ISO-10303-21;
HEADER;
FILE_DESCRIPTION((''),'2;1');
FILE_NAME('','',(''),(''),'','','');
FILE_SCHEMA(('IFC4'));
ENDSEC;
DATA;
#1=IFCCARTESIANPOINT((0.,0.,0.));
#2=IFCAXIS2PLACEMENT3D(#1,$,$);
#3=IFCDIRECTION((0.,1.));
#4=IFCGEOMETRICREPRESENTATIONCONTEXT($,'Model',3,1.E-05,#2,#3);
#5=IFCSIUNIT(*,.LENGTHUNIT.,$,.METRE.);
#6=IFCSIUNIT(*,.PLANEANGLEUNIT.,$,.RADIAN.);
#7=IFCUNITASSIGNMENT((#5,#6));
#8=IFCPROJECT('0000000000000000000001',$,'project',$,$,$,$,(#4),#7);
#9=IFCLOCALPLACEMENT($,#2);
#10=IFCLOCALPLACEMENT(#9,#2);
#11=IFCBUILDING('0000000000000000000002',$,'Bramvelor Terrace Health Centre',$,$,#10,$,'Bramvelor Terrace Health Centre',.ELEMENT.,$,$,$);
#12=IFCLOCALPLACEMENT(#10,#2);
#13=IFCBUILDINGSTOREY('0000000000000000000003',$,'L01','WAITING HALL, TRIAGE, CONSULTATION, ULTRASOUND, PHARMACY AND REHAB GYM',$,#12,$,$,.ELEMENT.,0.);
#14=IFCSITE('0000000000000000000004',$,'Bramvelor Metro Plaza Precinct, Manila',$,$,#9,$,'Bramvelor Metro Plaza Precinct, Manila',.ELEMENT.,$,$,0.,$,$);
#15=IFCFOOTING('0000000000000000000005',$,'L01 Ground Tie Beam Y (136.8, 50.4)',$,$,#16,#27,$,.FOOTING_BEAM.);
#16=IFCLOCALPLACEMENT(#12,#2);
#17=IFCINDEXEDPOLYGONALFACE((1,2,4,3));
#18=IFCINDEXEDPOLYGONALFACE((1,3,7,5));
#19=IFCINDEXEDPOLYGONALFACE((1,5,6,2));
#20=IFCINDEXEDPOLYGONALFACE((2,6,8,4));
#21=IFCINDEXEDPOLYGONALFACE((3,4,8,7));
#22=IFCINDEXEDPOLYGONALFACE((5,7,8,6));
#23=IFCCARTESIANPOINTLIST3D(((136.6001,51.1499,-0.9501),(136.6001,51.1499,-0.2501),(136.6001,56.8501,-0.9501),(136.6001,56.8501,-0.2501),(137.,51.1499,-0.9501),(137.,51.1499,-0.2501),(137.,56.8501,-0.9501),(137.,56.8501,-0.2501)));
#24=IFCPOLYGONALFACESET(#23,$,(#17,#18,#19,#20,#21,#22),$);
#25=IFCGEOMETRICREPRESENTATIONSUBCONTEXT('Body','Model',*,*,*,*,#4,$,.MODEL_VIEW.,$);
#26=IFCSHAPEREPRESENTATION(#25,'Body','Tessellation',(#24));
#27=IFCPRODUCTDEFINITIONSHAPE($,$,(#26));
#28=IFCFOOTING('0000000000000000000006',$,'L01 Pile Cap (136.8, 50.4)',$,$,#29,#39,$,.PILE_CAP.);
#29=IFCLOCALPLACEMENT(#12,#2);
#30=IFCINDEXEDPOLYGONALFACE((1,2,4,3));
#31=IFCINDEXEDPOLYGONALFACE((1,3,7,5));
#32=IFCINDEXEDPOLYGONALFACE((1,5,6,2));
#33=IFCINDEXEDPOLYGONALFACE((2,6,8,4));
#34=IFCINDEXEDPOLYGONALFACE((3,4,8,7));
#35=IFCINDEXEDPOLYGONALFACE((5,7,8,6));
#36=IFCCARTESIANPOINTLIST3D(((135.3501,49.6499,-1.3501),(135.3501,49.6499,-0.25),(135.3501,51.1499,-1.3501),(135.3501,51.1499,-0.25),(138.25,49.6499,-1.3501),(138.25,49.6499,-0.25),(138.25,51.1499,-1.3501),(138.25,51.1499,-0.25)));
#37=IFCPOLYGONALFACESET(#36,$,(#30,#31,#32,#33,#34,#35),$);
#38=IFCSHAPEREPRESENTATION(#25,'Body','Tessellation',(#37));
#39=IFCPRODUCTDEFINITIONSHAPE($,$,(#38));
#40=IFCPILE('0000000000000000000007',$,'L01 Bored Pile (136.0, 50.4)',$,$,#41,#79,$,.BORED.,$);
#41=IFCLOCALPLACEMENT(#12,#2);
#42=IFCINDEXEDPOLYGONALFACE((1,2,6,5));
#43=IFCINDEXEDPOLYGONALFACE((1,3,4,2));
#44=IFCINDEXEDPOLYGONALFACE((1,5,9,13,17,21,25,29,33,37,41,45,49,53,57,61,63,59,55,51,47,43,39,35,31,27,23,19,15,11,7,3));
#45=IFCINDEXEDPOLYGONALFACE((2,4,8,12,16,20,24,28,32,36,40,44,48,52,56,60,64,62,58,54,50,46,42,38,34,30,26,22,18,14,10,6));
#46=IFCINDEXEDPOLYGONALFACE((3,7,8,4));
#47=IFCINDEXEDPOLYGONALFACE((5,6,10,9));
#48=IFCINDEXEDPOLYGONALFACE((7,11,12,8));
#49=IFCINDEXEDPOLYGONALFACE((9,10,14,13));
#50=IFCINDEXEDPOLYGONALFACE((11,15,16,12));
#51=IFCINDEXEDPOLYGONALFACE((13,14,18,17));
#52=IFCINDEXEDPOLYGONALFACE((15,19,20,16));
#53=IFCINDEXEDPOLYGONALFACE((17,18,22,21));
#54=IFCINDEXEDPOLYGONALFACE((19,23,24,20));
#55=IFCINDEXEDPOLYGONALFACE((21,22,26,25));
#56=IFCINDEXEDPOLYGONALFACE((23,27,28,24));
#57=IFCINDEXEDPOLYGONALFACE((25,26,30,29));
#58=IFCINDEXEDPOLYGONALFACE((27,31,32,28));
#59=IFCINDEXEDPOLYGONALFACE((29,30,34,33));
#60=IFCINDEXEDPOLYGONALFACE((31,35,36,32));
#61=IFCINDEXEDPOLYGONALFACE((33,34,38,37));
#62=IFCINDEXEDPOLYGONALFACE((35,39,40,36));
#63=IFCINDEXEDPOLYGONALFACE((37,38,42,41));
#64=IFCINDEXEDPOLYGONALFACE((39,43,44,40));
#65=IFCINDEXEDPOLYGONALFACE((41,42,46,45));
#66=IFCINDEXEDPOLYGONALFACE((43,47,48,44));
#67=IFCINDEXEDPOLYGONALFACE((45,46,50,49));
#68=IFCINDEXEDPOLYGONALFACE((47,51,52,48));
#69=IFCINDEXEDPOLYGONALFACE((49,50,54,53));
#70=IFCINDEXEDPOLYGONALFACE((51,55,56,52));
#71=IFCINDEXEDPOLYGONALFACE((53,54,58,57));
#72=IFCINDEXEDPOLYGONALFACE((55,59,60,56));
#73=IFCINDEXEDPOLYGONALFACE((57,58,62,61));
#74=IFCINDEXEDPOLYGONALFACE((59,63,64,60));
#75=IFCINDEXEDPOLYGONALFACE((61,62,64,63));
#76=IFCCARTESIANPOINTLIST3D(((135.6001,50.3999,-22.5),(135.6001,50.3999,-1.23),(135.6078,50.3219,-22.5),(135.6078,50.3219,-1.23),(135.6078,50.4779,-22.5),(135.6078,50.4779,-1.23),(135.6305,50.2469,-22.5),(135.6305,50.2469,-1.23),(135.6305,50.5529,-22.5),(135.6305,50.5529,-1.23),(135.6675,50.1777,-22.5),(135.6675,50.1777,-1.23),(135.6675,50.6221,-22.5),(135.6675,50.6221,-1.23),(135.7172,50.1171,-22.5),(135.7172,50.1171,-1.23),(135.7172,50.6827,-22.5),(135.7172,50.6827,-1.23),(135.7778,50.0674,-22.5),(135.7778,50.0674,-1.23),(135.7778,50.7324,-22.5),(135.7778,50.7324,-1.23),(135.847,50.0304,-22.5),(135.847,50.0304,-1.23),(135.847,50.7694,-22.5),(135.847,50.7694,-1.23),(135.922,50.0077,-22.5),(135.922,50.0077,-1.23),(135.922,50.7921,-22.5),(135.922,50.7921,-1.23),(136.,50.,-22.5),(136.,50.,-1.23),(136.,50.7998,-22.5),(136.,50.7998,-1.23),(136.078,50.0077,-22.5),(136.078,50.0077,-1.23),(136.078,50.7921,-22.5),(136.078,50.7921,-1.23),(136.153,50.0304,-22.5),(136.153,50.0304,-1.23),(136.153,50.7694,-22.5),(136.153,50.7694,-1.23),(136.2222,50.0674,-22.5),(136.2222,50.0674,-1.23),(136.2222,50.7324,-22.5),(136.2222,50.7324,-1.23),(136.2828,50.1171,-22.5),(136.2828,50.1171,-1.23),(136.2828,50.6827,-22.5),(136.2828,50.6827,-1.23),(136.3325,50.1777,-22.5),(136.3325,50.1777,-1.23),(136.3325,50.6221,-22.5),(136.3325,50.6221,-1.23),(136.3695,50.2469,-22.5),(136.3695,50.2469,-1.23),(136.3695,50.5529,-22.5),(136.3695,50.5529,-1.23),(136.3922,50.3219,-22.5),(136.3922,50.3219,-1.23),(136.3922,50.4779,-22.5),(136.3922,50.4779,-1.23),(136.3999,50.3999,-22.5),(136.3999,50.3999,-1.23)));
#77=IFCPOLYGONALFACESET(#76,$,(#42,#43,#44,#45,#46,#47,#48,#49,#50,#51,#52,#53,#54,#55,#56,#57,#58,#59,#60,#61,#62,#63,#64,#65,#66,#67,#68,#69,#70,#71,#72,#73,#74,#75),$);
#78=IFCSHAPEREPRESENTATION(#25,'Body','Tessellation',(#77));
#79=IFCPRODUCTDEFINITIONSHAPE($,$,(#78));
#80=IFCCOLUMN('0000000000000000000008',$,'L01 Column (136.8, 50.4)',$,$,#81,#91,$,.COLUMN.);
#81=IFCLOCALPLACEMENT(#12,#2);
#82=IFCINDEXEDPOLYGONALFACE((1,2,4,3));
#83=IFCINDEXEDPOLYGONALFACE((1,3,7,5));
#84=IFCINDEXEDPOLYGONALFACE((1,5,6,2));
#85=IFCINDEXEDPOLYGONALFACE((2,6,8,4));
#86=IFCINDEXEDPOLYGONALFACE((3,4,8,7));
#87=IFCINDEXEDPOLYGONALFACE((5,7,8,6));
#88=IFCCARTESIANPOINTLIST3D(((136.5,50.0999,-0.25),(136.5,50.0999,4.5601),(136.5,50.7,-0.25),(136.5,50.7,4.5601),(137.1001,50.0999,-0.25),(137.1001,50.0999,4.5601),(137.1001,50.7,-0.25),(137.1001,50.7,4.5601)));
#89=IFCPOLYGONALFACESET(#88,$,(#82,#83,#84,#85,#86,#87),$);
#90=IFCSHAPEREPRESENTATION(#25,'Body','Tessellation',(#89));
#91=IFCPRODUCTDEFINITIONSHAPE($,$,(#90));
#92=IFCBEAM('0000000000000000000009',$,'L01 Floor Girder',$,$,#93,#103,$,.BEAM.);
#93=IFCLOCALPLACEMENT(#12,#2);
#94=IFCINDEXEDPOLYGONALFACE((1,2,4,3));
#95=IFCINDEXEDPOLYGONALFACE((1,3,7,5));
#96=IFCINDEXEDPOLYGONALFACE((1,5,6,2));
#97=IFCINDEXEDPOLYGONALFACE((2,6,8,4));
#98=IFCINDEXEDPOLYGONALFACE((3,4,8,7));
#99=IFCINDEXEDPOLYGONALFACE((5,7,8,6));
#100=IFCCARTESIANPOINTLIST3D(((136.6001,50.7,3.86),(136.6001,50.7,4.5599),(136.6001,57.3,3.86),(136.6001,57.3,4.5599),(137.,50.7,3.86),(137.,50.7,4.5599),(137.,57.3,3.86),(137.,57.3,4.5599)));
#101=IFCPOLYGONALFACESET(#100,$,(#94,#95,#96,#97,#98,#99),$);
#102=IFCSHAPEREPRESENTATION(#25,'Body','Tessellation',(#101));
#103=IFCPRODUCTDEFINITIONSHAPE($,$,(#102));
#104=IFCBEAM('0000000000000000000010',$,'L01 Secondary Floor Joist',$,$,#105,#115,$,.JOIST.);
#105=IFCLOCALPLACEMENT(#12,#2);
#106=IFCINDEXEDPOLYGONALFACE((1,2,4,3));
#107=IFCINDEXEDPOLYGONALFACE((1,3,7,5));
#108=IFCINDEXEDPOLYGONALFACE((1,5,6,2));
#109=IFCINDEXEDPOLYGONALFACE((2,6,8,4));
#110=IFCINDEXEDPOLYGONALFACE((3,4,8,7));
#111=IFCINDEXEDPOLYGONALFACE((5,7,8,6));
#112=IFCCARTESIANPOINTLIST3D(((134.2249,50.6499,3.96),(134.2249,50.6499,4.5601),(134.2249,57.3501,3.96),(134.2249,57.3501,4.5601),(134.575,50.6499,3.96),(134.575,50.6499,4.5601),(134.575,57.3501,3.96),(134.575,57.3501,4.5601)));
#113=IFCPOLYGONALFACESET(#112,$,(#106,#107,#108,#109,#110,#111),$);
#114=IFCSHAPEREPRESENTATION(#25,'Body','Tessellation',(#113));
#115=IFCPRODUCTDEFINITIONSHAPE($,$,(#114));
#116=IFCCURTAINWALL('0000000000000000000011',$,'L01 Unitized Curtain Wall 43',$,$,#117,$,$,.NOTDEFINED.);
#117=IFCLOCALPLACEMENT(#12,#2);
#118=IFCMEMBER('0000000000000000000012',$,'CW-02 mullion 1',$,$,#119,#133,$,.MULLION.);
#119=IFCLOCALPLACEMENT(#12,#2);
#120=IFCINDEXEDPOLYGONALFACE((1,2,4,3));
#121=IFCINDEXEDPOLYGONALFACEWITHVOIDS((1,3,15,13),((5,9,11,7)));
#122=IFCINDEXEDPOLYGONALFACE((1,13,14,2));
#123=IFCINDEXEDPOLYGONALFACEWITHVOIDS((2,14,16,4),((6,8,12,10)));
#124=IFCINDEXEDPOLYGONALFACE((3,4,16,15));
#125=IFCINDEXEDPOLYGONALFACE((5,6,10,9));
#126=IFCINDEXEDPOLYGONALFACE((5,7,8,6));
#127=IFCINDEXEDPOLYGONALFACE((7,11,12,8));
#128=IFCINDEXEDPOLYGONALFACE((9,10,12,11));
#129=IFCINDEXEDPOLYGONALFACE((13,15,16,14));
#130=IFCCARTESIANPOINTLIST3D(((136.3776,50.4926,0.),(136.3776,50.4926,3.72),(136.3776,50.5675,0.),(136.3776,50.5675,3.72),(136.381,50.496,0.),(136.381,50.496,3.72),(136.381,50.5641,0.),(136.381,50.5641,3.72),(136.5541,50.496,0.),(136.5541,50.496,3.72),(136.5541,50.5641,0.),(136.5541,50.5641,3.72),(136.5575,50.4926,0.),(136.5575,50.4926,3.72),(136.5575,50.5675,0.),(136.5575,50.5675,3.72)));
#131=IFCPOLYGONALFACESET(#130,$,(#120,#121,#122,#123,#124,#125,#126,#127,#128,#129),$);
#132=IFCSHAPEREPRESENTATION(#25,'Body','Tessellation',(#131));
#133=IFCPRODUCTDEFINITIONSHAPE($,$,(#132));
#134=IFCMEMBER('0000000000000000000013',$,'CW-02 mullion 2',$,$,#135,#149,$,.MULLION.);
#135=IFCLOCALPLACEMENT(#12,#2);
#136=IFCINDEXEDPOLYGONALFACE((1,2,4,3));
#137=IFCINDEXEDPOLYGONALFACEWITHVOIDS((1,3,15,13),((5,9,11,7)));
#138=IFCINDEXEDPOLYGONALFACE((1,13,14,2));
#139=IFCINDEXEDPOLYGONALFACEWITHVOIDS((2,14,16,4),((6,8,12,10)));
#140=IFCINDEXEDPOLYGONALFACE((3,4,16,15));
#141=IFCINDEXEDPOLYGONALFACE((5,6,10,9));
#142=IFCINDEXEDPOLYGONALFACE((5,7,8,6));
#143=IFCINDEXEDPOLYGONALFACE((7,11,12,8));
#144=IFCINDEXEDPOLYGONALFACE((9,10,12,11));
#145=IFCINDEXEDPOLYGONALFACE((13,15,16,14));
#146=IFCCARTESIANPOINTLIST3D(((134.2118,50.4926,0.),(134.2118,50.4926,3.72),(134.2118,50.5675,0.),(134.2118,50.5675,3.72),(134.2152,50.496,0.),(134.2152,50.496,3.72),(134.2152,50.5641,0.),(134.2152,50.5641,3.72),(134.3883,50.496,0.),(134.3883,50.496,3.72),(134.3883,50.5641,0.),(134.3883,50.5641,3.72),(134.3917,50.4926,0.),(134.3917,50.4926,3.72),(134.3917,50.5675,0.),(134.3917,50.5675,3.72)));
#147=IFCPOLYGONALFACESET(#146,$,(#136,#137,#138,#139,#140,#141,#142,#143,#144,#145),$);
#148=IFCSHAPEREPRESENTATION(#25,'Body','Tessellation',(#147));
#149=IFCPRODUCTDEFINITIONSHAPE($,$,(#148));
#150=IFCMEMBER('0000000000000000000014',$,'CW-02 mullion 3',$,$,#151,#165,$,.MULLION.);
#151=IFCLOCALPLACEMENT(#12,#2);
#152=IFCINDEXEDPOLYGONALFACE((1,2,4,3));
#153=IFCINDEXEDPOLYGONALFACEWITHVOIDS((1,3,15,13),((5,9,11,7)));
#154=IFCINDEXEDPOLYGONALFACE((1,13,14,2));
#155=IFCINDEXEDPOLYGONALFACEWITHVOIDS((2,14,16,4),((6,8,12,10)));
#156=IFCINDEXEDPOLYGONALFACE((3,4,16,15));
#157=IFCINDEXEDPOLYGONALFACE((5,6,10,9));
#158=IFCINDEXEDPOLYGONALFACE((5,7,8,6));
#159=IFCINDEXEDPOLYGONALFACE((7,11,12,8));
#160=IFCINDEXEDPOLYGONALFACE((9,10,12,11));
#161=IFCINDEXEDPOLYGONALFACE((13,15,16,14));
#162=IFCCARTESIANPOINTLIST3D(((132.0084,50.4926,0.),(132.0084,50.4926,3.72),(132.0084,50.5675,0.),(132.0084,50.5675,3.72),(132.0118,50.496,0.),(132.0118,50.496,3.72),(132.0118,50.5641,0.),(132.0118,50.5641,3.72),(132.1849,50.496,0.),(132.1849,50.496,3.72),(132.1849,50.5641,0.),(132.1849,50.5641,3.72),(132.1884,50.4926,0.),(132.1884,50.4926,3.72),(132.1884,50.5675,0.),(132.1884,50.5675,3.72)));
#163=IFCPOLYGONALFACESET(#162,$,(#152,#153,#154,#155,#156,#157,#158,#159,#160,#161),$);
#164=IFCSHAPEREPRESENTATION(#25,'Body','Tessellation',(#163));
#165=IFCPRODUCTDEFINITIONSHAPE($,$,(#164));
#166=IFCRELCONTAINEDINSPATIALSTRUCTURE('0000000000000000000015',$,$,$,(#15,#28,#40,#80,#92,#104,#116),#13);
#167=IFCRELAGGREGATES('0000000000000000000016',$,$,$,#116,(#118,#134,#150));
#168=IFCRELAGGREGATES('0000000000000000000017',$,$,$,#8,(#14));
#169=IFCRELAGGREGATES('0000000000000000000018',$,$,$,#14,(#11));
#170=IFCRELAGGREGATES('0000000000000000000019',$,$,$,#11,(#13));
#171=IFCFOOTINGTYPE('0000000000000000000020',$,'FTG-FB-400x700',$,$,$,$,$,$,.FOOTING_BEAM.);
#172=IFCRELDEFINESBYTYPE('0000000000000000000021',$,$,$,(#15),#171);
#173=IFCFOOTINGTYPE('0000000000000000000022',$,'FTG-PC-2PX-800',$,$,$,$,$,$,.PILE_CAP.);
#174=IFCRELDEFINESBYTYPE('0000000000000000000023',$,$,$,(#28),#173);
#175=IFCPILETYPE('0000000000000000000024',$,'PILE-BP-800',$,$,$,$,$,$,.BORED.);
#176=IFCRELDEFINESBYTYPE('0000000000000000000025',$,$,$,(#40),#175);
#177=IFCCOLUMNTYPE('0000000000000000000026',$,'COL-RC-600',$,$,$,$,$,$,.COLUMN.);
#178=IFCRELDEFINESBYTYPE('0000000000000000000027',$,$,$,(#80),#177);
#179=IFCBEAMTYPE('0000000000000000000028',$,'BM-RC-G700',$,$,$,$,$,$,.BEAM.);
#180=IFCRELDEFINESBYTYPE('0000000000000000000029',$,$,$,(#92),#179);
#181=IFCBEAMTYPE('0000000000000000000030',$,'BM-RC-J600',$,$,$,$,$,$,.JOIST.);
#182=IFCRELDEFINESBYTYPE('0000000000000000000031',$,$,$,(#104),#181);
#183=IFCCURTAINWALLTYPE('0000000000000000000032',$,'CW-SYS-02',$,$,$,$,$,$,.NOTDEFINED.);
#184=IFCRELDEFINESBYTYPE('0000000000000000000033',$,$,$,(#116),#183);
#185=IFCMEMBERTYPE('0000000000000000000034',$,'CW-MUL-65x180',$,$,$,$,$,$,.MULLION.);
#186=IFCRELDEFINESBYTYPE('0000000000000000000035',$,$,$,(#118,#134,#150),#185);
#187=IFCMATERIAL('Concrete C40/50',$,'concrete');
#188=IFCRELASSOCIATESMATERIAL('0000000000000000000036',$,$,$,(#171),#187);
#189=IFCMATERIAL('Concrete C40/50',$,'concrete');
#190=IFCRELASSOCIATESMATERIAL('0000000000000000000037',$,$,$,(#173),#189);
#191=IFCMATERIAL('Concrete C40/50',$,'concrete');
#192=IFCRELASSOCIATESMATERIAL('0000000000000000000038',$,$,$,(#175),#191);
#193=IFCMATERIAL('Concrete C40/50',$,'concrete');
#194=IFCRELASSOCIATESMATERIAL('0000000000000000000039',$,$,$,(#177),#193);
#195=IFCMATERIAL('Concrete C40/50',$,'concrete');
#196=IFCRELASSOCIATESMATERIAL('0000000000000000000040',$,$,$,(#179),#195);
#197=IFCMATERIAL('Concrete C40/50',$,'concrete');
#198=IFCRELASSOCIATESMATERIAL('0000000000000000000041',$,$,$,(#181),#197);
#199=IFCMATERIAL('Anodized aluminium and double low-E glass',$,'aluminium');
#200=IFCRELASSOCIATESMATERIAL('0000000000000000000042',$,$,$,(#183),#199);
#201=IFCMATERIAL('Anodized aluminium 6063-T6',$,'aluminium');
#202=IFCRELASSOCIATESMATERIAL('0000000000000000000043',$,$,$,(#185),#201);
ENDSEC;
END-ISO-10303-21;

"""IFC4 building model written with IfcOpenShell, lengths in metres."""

from ifc_helpers import new_model, si_unit, direction, frame, origin, origin_2d, place, context, subcontext, project, spatial, rectangle, hollow_rectangle, circle, extrude, material, material_profile, profile_set, type_object, element, aggregate, save


model = new_model("IFC4")

# Units and contexts
model_context = context("Model", 3, precision=1e-05, world=origin(), true_north=direction((0.0, 1.0)))
body_context = subcontext(model_context, "Body", "Model", "MODEL_VIEW")
ifc_project = project(units=[si_unit("LENGTHUNIT", "METRE"), si_unit("PLANEANGLEUNIT", "RADIAN")], contexts=[model_context])

# Site, building, storey
site_placement = place(None, origin())
site = spatial("IfcSite", under=ifc_project, at=site_placement, Name="Bramvelor Metro Plaza Precinct, Manila", LongName="Bramvelor Metro Plaza Precinct, Manila", CompositionType="ELEMENT", RefElevation=0.0)
building_placement = place(site_placement, origin())
building = spatial("IfcBuilding", under=site, at=building_placement, Name="Bramvelor Terrace Health Centre", LongName="Bramvelor Terrace Health Centre", CompositionType="ELEMENT")
storey_placement = place(building_placement, origin())
storey = spatial("IfcBuildingStorey", under=building, at=storey_placement, Name="L01", Description="WAITING HALL, TRIAGE, CONSULTATION, ULTRASOUND, PHARMACY AND REHAB GYM", CompositionType="ELEMENT", Elevation=0.0)

# Footings
ifc_material_1 = material(Name="Concrete C40/50", Category="concrete")
ifc_material_profile_1 = material_profile(ifc_material_1, rectangle(XDim=0.3999, YDim=0.7, at=origin_2d()), Name="RC 400x700")
ifc_profile_set_1 = profile_set([ifc_material_profile_1], Name="Concrete C40/50")
footing_type_1 = type_object("IfcFootingType", Name="FTG-FB-400x700", PredefinedType="FOOTING_BEAM", material=ifc_profile_set_1)
footing_1_placement = place(storey_placement, frame((136.8, 51.1499, -0.6001), z_axis=(0.0, 1.0, 0.0), x_axis=(-1.0, 0.0, 0.0)))
element("IfcFooting", 1, at=footing_1_placement, inside=storey, type_object=footing_type_1, Name="L01 Ground Tie Beam Y (136.8, 50.4)", PredefinedType="FOOTING_BEAM", context=body_context, shape_type="SweptSolid", body=[
    extrude(rectangle(XDim=0.3999, YDim=0.7, at=origin_2d()), origin(), (0.0, 0.0, 1.0), 5.7002),
])
ifc_material_2 = material(Name="Concrete C40/50", Category="concrete")
footing_type_2 = type_object("IfcFootingType", Name="FTG-PC-2PX-800", PredefinedType="PILE_CAP", material=ifc_material_2)
footing_2_placement = place(storey_placement, frame((136.8, 50.3999, -1.3501), z_axis=(0.0, 0.0, 1.0), x_axis=(1.0, 0.0, 0.0)))
element("IfcFooting", 2, at=footing_2_placement, inside=storey, type_object=footing_type_2, Name="L01 Pile Cap (136.8, 50.4)", PredefinedType="PILE_CAP", context=body_context, shape_type="SweptSolid", body=[
    extrude(rectangle(XDim=2.8999, YDim=1.5, at=origin_2d()), origin(), (0.0, 0.0, 1.0), 1.1001),
])

# Pile
ifc_material_3 = material(Name="Concrete C40/50", Category="concrete")
ifc_material_profile_2 = material_profile(ifc_material_3, circle(Radius=0.3999, at=origin_2d()), Name="BP D800")
ifc_profile_set_2 = profile_set([ifc_material_profile_2], Name="Concrete C40/50")
pile_type = type_object("IfcPileType", Name="PILE-BP-800", PredefinedType="BORED", material=ifc_profile_set_2)
pile_placement = place(storey_placement, frame((136.0, 50.3999, -1.23), z_axis=(0.0, 0.0, -1.0), x_axis=(1.0, 0.0, 0.0)))
element("IfcPile", 3, at=pile_placement, inside=storey, type_object=pile_type, Name="L01 Bored Pile (136.0, 50.4)", PredefinedType="BORED", context=body_context, shape_type="SweptSolid", body=[
    extrude(circle(Radius=0.3999, at=origin_2d()), origin(), (0.0, 0.0, 1.0), 21.27),
])

# Column
ifc_material_4 = material(Name="Concrete C40/50", Category="concrete")
ifc_material_profile_3 = material_profile(ifc_material_4, rectangle(XDim=0.6001, YDim=0.6001, at=origin_2d()), Name="RC 600x600")
ifc_profile_set_3 = profile_set([ifc_material_profile_3], Name="Concrete C40/50")
column_type = type_object("IfcColumnType", Name="COL-RC-600", PredefinedType="COLUMN", material=ifc_profile_set_3)
column_placement = place(storey_placement, frame((136.8, 50.3999, -0.25), z_axis=(0.0, 0.0, 1.0), x_axis=(1.0, 0.0, 0.0)))
element("IfcColumn", 4, at=column_placement, inside=storey, type_object=column_type, Name="L01 Column (136.8, 50.4)", PredefinedType="COLUMN", context=body_context, shape_type="SweptSolid", body=[
    extrude(rectangle(XDim=0.6001, YDim=0.6001, at=origin_2d()), origin(), (0.0, 0.0, 1.0), 4.8101),
])

# Beams
ifc_material_5 = material(Name="Concrete C40/50", Category="concrete")
ifc_material_profile_4 = material_profile(ifc_material_5, rectangle(XDim=0.3999, YDim=0.7, at=origin_2d()), Name="RC 400x700")
ifc_profile_set_4 = profile_set([ifc_material_profile_4], Name="Concrete C40/50")
beam_type_1 = type_object("IfcBeamType", Name="BM-RC-G700", PredefinedType="BEAM", material=ifc_profile_set_4)
beam_1_placement = place(storey_placement, frame((136.8, 50.7, 4.21), z_axis=(0.0, 1.0, 0.0), x_axis=(-1.0, 0.0, 0.0)))
element("IfcBeam", 5, at=beam_1_placement, inside=storey, type_object=beam_type_1, Name="L01 Floor Girder", PredefinedType="BEAM", context=body_context, shape_type="SweptSolid", body=[
    extrude(rectangle(XDim=0.3999, YDim=0.7, at=origin_2d()), origin(), (0.0, 0.0, 1.0), 6.6001),
])
ifc_material_6 = material(Name="Concrete C40/50", Category="concrete")
ifc_material_profile_5 = material_profile(ifc_material_6, rectangle(XDim=0.3501, YDim=0.6001, at=origin_2d()), Name="RC 350x600")
ifc_profile_set_5 = profile_set([ifc_material_profile_5], Name="Concrete C40/50")
beam_type_2 = type_object("IfcBeamType", Name="BM-RC-J600", PredefinedType="JOIST", material=ifc_profile_set_5)
beam_2_placement = place(storey_placement, frame((134.3999, 50.6499, 4.26), z_axis=(0.0, 1.0, 0.0), x_axis=(-1.0, 0.0, 0.0)))
element("IfcBeam", 6, at=beam_2_placement, inside=storey, type_object=beam_type_2, Name="L01 Secondary Floor Joist", PredefinedType="JOIST", context=body_context, shape_type="SweptSolid", body=[
    extrude(rectangle(XDim=0.3501, YDim=0.6001, at=origin_2d()), origin(), (0.0, 0.0, 1.0), 6.7002),
])

# Curtain wall, members
ifc_material_7 = material(Name="Anodized aluminium and double low-E glass", Category="aluminium")
curtain_wall_type = type_object("IfcCurtainWallType", Name="CW-SYS-02", PredefinedType="NOTDEFINED", material=ifc_material_7)
curtain_wall_placement = place(storey_placement, origin())
curtain_wall = element("IfcCurtainWall", 7, at=curtain_wall_placement, inside=storey, type_object=curtain_wall_type, Name="L01 Unitized Curtain Wall 43", PredefinedType="NOTDEFINED")
ifc_material_8 = material(Name="Anodized aluminium 6063-T6", Category="aluminium")
ifc_material_profile_6 = material_profile(ifc_material_8, hollow_rectangle(XDim=0.075, YDim=0.1799, WallThickness=0.0034, at=origin_2d()), Name="ALU-MUL 75x180x3.5")
ifc_profile_set_6 = profile_set([ifc_material_profile_6], Name="Anodized aluminium 6063-T6")
member_type_1 = type_object("IfcMemberType", Name="CW-MUL-65x180", PredefinedType="MULLION", material=ifc_profile_set_6)
member_1_placement = place(storey_placement, frame((136.4675, 50.53, 0.0), z_axis=(0.0, 0.0, 1.0), x_axis=(0.0, -1.0, 0.0)))
member_1 = element("IfcMember", 8, at=member_1_placement, type_object=member_type_1, Name="CW-02 mullion 1", PredefinedType="MULLION", context=body_context, shape_type="SweptSolid", body=[
    extrude(hollow_rectangle(XDim=0.075, YDim=0.1799, WallThickness=0.0034, at=origin_2d()), origin(), (0.0, 0.0, 1.0), 3.72),
])
member_2_placement = place(storey_placement, frame((134.3018, 50.53, 0.0), z_axis=(0.0, 0.0, 1.0), x_axis=(0.0, -1.0, 0.0)))
member_2 = element("IfcMember", 9, at=member_2_placement, type_object=member_type_1, Name="CW-02 mullion 2", PredefinedType="MULLION", context=body_context, shape_type="SweptSolid", body=[
    extrude(hollow_rectangle(XDim=0.075, YDim=0.1799, WallThickness=0.0034, at=origin_2d()), origin(), (0.0, 0.0, 1.0), 3.72),
])
member_3_placement = place(storey_placement, frame((132.0984, 50.53, 0.0), z_axis=(0.0, 0.0, 1.0), x_axis=(0.0, -1.0, 0.0)))
member_3 = element("IfcMember", 10, at=member_3_placement, type_object=member_type_1, Name="CW-02 mullion 3", PredefinedType="MULLION", context=body_context, shape_type="SweptSolid", body=[
    extrude(hollow_rectangle(XDim=0.075, YDim=0.1799, WallThickness=0.0034, at=origin_2d()), origin(), (0.0, 0.0, 1.0), 3.72),
])
aggregate(curtain_wall, [member_1, member_2, member_3])

save(model, "model.ifc")
